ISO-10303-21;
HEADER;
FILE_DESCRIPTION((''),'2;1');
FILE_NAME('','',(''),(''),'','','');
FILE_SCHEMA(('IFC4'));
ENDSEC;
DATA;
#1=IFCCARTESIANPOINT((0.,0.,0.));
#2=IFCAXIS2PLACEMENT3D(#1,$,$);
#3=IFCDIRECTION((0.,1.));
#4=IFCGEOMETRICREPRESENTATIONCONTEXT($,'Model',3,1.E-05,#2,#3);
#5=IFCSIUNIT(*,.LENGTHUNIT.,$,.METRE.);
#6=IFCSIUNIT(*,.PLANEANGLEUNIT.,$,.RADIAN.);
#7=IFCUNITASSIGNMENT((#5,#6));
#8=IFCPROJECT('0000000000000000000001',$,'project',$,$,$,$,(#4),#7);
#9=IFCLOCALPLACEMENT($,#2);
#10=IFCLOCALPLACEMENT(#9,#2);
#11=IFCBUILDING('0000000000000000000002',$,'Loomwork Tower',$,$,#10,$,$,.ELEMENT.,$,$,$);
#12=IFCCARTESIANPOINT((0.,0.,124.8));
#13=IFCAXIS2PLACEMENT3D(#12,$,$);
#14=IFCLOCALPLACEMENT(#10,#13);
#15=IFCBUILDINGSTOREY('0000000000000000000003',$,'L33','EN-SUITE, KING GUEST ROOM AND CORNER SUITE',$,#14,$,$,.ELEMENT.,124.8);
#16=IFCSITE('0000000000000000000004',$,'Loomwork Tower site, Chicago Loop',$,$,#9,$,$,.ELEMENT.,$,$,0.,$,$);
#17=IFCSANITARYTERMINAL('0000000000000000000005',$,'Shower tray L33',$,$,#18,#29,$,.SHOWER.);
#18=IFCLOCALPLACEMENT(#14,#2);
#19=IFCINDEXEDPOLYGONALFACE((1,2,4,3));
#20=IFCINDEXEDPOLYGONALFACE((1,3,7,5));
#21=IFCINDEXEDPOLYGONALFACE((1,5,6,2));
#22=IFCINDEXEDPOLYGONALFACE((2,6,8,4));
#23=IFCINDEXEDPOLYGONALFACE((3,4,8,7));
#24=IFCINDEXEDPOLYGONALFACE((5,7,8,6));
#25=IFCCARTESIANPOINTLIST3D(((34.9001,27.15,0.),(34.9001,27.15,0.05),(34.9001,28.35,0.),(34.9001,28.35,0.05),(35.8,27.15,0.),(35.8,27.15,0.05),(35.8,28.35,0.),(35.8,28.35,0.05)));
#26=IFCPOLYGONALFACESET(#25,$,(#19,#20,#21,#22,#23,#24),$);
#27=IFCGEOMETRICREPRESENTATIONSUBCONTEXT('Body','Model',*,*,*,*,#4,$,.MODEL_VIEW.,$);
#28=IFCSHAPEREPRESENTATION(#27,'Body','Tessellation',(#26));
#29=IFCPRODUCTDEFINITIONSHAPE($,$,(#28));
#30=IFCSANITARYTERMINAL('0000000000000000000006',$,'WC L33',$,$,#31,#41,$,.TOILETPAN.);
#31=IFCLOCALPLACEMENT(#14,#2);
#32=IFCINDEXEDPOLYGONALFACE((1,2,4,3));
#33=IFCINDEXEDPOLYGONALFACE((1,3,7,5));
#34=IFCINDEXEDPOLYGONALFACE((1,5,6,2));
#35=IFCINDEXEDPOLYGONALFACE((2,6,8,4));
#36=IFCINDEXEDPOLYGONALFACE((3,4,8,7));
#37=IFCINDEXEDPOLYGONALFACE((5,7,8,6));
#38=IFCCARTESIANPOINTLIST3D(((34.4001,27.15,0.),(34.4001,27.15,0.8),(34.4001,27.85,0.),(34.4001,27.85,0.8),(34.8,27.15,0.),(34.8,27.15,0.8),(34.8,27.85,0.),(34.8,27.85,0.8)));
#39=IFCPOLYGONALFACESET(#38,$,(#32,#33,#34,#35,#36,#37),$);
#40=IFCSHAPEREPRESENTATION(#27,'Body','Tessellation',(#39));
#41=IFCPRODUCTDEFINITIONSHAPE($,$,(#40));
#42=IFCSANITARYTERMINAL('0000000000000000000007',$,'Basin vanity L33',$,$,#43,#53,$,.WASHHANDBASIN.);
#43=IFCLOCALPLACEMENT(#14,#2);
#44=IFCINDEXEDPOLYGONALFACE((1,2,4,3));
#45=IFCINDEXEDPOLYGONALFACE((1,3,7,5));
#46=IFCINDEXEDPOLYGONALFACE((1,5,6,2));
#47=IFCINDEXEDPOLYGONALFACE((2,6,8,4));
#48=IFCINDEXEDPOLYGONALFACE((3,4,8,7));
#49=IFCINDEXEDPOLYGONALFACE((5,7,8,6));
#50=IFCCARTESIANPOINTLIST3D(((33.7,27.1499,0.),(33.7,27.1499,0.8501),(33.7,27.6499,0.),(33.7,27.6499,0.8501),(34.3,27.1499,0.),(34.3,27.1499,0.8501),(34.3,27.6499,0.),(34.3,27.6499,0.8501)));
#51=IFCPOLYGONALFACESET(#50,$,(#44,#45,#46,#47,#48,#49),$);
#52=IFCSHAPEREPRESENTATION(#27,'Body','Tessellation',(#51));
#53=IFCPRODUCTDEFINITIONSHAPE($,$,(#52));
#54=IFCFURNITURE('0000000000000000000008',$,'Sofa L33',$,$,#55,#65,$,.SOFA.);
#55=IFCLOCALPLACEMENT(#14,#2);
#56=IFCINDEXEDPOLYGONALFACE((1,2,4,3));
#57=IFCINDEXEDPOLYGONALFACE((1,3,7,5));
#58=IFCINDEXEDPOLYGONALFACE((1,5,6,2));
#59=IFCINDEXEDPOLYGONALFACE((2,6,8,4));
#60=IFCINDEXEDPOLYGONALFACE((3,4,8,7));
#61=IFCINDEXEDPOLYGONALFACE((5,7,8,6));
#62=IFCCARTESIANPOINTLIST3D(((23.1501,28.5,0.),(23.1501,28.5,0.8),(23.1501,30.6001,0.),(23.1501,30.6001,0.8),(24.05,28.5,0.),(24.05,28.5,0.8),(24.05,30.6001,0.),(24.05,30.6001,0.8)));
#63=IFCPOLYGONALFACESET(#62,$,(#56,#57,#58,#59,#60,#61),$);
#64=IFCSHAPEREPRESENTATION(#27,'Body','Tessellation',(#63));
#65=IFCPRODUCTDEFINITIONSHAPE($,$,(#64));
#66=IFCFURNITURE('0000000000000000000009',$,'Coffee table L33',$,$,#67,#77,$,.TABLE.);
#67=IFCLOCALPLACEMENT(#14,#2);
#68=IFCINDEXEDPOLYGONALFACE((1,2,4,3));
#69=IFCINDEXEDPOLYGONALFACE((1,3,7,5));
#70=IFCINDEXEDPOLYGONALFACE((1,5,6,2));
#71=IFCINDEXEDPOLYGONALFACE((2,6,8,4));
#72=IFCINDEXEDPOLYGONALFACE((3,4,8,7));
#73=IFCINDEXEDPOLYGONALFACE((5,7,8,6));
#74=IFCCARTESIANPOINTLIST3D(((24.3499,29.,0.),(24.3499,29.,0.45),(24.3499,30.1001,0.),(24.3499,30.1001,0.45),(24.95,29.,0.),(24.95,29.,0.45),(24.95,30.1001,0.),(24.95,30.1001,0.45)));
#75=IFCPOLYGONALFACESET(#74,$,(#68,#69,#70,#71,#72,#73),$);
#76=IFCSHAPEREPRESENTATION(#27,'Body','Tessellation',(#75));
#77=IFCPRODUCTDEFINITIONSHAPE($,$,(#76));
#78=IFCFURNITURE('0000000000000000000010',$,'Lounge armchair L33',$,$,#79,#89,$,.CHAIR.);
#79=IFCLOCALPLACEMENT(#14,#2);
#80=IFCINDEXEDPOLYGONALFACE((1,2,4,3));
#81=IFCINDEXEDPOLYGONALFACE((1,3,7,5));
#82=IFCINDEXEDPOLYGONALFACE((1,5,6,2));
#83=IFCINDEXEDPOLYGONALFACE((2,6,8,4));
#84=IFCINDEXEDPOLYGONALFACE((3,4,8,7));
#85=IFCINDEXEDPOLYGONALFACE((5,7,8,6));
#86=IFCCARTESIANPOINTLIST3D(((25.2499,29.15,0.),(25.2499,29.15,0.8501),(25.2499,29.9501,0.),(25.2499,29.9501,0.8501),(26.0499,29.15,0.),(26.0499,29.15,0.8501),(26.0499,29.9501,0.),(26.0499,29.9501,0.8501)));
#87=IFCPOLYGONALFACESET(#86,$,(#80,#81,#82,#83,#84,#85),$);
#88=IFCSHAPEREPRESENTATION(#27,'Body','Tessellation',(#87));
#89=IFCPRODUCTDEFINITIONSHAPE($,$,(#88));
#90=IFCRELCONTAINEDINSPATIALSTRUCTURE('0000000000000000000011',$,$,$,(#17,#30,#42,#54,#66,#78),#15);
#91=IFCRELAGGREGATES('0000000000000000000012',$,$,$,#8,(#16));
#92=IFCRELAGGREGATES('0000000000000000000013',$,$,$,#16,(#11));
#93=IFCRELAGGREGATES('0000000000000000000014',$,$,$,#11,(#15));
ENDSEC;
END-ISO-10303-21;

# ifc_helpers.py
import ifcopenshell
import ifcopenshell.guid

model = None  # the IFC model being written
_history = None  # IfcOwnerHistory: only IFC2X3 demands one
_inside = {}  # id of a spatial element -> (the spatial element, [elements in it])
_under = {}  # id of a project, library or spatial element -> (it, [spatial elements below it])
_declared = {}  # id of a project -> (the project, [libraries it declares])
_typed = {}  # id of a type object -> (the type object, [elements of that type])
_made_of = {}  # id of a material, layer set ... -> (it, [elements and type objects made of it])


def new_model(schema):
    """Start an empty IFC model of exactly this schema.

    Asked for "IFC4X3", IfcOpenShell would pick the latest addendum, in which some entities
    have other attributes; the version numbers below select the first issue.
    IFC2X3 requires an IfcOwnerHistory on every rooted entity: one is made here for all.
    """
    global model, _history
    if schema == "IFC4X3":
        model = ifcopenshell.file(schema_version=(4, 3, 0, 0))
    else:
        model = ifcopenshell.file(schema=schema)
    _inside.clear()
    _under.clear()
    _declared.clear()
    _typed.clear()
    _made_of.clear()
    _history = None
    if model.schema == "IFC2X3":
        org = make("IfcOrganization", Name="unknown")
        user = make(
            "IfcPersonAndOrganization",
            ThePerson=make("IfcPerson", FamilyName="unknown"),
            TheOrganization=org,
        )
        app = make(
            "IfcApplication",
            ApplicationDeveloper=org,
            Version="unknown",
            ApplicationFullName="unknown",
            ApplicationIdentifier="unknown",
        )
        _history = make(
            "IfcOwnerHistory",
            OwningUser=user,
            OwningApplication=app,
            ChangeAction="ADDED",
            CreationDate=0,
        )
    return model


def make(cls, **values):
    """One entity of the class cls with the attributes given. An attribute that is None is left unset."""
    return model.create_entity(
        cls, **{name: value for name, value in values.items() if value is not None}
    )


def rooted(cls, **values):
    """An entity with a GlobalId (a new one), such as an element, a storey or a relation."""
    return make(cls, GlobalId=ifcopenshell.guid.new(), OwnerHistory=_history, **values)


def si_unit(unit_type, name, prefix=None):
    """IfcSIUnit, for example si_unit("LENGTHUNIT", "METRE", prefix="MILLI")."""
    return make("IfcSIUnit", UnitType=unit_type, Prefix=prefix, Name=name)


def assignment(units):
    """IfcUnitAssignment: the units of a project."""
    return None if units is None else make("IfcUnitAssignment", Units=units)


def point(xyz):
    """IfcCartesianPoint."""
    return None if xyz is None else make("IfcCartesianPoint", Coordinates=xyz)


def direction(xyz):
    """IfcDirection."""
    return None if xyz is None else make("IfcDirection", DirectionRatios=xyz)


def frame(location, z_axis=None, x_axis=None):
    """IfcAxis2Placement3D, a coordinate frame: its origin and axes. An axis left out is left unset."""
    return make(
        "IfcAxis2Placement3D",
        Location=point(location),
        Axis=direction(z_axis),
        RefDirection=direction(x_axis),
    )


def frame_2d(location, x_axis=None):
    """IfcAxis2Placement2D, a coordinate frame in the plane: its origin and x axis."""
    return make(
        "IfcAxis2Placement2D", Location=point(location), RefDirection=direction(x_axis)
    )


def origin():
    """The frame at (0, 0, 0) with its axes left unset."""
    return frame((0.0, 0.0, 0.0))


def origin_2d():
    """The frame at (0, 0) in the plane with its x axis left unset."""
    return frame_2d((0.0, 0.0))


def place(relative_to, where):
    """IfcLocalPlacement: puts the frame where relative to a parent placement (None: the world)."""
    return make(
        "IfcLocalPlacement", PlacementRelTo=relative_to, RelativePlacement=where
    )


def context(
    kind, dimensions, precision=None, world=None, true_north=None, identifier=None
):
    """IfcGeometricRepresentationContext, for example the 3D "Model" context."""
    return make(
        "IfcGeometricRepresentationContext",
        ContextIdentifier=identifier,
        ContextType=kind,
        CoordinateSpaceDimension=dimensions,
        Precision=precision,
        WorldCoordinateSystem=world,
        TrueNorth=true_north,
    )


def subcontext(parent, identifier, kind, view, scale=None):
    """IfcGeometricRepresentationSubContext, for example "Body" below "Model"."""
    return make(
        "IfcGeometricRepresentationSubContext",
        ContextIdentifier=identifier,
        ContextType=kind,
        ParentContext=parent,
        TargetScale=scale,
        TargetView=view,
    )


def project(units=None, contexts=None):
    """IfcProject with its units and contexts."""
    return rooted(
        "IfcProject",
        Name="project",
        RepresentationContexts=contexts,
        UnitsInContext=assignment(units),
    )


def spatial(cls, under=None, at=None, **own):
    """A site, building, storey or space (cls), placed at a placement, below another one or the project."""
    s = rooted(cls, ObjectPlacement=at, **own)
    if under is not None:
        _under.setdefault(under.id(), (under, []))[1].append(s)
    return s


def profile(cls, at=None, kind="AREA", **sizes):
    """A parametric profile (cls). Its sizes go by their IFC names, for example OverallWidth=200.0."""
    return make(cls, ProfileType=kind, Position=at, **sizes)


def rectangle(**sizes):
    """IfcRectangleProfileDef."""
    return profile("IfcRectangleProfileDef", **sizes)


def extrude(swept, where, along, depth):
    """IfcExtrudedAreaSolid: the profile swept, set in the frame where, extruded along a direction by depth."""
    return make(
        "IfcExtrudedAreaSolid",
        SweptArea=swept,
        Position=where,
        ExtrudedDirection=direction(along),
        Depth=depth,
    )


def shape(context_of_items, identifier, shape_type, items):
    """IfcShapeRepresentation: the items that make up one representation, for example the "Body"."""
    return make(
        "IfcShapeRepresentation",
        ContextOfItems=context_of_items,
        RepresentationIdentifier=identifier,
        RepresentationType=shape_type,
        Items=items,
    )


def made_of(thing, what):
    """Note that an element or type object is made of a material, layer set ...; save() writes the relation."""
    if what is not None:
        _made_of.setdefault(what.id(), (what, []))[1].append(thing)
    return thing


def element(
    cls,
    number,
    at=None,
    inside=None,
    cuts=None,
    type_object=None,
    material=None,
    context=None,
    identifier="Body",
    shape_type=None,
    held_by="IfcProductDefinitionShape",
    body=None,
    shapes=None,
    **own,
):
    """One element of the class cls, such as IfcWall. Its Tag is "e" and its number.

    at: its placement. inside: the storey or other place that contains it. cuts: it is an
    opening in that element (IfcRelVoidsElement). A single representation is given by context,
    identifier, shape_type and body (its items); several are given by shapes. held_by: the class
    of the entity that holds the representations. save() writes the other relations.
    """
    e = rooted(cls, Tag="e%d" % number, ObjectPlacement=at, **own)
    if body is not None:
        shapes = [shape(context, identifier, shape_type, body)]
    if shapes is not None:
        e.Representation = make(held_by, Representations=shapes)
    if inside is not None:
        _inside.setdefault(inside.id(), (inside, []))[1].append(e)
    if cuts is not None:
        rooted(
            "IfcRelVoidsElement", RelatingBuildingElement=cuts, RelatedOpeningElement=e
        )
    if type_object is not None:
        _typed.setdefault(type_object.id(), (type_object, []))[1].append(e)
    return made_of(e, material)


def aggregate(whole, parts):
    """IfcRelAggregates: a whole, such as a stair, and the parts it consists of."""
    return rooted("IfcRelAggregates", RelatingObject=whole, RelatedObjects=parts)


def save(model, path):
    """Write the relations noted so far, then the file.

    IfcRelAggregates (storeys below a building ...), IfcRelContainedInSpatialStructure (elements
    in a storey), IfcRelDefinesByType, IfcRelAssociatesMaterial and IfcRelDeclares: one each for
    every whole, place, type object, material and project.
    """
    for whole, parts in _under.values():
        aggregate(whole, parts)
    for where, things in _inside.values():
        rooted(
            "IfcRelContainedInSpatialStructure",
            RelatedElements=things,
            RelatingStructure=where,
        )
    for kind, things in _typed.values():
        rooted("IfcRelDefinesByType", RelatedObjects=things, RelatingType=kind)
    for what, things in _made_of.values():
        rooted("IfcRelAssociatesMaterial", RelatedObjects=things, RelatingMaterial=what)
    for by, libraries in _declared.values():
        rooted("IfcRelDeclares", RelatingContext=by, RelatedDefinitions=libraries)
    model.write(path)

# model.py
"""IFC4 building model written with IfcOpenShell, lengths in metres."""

from ifc_helpers import new_model, si_unit, direction, frame, origin, origin_2d, place, context, subcontext, project, spatial, rectangle, extrude, element, save


model = new_model("IFC4")

# Units and contexts
model_context = context("Model", 3, precision=1e-05, world=origin(), true_north=direction((0.0, 1.0)))
body_context = subcontext(model_context, "Body", "Model", "MODEL_VIEW")
ifc_project = project(units=[si_unit("LENGTHUNIT", "METRE"), si_unit("PLANEANGLEUNIT", "RADIAN")], contexts=[model_context])

# Site, building, storey
site_placement = place(None, origin())
site = spatial("IfcSite", under=ifc_project, at=site_placement, Name="Loomwork Tower site, Chicago Loop", CompositionType="ELEMENT", RefElevation=0.0)
building_placement = place(site_placement, origin())
building = spatial("IfcBuilding", under=site, at=building_placement, Name="Loomwork Tower", CompositionType="ELEMENT")
storey_placement = place(building_placement, frame((0.0, 0.0, 124.8)))
storey = spatial("IfcBuildingStorey", under=building, at=storey_placement, Name="L33", Description="EN-SUITE, KING GUEST ROOM AND CORNER SUITE", CompositionType="ELEMENT", Elevation=124.8)

# Sanitary terminals
sanitary_terminal_1_placement = place(storey_placement, frame((35.3501, 27.75, 0.0), z_axis=(0.0, 0.0, 1.0), x_axis=(1.0, 0.0, 0.0)))
element("IfcSanitaryTerminal", 1, at=sanitary_terminal_1_placement, inside=storey, Name="Shower tray L33", PredefinedType="SHOWER", context=body_context, shape_type="SweptSolid", body=[
    extrude(rectangle(XDim=0.8999, YDim=1.2, at=origin_2d()), origin(), (0.0, 0.0, 1.0), 0.05),
])
sanitary_terminal_2_placement = place(storey_placement, frame((34.6001, 27.5, 0.0), z_axis=(0.0, 0.0, 1.0), x_axis=(1.0, 0.0, 0.0)))
element("IfcSanitaryTerminal", 2, at=sanitary_terminal_2_placement, inside=storey, Name="WC L33", PredefinedType="TOILETPAN", context=body_context, shape_type="SweptSolid", body=[
    extrude(rectangle(XDim=0.3999, YDim=0.7, at=origin_2d()), origin(), (0.0, 0.0, 1.0), 0.8),
])
sanitary_terminal_3_placement = place(storey_placement, frame((34.0, 27.3999, 0.0), z_axis=(0.0, 0.0, 1.0), x_axis=(1.0, 0.0, 0.0)))
element("IfcSanitaryTerminal", 3, at=sanitary_terminal_3_placement, inside=storey, Name="Basin vanity L33", PredefinedType="WASHHANDBASIN", context=body_context, shape_type="SweptSolid", body=[
    extrude(rectangle(XDim=0.6001, YDim=0.5, at=origin_2d()), origin(), (0.0, 0.0, 1.0), 0.8501),
])

# Furniture
furniture_1_placement = place(storey_placement, frame((23.6001, 29.55, 0.0), z_axis=(0.0, 0.0, 1.0), x_axis=(1.0, 0.0, 0.0)))
element("IfcFurniture", 4, at=furniture_1_placement, inside=storey, Name="Sofa L33", PredefinedType="SOFA", context=body_context, shape_type="SweptSolid", body=[
    extrude(rectangle(XDim=0.8999, YDim=2.1001, at=origin_2d()), origin(), (0.0, 0.0, 1.0), 0.8),
])
furniture_2_placement = place(storey_placement, frame((24.6499, 29.55, 0.0), z_axis=(0.0, 0.0, 1.0), x_axis=(1.0, 0.0, 0.0)))
element("IfcFurniture", 5, at=furniture_2_placement, inside=storey, Name="Coffee table L33", PredefinedType="TABLE", context=body_context, shape_type="SweptSolid", body=[
    extrude(rectangle(XDim=0.6001, YDim=1.1001, at=origin_2d()), origin(), (0.0, 0.0, 1.0), 0.45),
])
furniture_3_placement = place(storey_placement, frame((25.6499, 29.55, 0.0), z_axis=(0.0, 0.0, 1.0), x_axis=(1.0, 0.0, 0.0)))
element("IfcFurniture", 6, at=furniture_3_placement, inside=storey, Name="Lounge armchair L33", PredefinedType="CHAIR", context=body_context, shape_type="SweptSolid", body=[
    extrude(rectangle(XDim=0.8, YDim=0.8, at=origin_2d()), origin(), (0.0, 0.0, 1.0), 0.8501),
])

save(model, "model.ifc")
